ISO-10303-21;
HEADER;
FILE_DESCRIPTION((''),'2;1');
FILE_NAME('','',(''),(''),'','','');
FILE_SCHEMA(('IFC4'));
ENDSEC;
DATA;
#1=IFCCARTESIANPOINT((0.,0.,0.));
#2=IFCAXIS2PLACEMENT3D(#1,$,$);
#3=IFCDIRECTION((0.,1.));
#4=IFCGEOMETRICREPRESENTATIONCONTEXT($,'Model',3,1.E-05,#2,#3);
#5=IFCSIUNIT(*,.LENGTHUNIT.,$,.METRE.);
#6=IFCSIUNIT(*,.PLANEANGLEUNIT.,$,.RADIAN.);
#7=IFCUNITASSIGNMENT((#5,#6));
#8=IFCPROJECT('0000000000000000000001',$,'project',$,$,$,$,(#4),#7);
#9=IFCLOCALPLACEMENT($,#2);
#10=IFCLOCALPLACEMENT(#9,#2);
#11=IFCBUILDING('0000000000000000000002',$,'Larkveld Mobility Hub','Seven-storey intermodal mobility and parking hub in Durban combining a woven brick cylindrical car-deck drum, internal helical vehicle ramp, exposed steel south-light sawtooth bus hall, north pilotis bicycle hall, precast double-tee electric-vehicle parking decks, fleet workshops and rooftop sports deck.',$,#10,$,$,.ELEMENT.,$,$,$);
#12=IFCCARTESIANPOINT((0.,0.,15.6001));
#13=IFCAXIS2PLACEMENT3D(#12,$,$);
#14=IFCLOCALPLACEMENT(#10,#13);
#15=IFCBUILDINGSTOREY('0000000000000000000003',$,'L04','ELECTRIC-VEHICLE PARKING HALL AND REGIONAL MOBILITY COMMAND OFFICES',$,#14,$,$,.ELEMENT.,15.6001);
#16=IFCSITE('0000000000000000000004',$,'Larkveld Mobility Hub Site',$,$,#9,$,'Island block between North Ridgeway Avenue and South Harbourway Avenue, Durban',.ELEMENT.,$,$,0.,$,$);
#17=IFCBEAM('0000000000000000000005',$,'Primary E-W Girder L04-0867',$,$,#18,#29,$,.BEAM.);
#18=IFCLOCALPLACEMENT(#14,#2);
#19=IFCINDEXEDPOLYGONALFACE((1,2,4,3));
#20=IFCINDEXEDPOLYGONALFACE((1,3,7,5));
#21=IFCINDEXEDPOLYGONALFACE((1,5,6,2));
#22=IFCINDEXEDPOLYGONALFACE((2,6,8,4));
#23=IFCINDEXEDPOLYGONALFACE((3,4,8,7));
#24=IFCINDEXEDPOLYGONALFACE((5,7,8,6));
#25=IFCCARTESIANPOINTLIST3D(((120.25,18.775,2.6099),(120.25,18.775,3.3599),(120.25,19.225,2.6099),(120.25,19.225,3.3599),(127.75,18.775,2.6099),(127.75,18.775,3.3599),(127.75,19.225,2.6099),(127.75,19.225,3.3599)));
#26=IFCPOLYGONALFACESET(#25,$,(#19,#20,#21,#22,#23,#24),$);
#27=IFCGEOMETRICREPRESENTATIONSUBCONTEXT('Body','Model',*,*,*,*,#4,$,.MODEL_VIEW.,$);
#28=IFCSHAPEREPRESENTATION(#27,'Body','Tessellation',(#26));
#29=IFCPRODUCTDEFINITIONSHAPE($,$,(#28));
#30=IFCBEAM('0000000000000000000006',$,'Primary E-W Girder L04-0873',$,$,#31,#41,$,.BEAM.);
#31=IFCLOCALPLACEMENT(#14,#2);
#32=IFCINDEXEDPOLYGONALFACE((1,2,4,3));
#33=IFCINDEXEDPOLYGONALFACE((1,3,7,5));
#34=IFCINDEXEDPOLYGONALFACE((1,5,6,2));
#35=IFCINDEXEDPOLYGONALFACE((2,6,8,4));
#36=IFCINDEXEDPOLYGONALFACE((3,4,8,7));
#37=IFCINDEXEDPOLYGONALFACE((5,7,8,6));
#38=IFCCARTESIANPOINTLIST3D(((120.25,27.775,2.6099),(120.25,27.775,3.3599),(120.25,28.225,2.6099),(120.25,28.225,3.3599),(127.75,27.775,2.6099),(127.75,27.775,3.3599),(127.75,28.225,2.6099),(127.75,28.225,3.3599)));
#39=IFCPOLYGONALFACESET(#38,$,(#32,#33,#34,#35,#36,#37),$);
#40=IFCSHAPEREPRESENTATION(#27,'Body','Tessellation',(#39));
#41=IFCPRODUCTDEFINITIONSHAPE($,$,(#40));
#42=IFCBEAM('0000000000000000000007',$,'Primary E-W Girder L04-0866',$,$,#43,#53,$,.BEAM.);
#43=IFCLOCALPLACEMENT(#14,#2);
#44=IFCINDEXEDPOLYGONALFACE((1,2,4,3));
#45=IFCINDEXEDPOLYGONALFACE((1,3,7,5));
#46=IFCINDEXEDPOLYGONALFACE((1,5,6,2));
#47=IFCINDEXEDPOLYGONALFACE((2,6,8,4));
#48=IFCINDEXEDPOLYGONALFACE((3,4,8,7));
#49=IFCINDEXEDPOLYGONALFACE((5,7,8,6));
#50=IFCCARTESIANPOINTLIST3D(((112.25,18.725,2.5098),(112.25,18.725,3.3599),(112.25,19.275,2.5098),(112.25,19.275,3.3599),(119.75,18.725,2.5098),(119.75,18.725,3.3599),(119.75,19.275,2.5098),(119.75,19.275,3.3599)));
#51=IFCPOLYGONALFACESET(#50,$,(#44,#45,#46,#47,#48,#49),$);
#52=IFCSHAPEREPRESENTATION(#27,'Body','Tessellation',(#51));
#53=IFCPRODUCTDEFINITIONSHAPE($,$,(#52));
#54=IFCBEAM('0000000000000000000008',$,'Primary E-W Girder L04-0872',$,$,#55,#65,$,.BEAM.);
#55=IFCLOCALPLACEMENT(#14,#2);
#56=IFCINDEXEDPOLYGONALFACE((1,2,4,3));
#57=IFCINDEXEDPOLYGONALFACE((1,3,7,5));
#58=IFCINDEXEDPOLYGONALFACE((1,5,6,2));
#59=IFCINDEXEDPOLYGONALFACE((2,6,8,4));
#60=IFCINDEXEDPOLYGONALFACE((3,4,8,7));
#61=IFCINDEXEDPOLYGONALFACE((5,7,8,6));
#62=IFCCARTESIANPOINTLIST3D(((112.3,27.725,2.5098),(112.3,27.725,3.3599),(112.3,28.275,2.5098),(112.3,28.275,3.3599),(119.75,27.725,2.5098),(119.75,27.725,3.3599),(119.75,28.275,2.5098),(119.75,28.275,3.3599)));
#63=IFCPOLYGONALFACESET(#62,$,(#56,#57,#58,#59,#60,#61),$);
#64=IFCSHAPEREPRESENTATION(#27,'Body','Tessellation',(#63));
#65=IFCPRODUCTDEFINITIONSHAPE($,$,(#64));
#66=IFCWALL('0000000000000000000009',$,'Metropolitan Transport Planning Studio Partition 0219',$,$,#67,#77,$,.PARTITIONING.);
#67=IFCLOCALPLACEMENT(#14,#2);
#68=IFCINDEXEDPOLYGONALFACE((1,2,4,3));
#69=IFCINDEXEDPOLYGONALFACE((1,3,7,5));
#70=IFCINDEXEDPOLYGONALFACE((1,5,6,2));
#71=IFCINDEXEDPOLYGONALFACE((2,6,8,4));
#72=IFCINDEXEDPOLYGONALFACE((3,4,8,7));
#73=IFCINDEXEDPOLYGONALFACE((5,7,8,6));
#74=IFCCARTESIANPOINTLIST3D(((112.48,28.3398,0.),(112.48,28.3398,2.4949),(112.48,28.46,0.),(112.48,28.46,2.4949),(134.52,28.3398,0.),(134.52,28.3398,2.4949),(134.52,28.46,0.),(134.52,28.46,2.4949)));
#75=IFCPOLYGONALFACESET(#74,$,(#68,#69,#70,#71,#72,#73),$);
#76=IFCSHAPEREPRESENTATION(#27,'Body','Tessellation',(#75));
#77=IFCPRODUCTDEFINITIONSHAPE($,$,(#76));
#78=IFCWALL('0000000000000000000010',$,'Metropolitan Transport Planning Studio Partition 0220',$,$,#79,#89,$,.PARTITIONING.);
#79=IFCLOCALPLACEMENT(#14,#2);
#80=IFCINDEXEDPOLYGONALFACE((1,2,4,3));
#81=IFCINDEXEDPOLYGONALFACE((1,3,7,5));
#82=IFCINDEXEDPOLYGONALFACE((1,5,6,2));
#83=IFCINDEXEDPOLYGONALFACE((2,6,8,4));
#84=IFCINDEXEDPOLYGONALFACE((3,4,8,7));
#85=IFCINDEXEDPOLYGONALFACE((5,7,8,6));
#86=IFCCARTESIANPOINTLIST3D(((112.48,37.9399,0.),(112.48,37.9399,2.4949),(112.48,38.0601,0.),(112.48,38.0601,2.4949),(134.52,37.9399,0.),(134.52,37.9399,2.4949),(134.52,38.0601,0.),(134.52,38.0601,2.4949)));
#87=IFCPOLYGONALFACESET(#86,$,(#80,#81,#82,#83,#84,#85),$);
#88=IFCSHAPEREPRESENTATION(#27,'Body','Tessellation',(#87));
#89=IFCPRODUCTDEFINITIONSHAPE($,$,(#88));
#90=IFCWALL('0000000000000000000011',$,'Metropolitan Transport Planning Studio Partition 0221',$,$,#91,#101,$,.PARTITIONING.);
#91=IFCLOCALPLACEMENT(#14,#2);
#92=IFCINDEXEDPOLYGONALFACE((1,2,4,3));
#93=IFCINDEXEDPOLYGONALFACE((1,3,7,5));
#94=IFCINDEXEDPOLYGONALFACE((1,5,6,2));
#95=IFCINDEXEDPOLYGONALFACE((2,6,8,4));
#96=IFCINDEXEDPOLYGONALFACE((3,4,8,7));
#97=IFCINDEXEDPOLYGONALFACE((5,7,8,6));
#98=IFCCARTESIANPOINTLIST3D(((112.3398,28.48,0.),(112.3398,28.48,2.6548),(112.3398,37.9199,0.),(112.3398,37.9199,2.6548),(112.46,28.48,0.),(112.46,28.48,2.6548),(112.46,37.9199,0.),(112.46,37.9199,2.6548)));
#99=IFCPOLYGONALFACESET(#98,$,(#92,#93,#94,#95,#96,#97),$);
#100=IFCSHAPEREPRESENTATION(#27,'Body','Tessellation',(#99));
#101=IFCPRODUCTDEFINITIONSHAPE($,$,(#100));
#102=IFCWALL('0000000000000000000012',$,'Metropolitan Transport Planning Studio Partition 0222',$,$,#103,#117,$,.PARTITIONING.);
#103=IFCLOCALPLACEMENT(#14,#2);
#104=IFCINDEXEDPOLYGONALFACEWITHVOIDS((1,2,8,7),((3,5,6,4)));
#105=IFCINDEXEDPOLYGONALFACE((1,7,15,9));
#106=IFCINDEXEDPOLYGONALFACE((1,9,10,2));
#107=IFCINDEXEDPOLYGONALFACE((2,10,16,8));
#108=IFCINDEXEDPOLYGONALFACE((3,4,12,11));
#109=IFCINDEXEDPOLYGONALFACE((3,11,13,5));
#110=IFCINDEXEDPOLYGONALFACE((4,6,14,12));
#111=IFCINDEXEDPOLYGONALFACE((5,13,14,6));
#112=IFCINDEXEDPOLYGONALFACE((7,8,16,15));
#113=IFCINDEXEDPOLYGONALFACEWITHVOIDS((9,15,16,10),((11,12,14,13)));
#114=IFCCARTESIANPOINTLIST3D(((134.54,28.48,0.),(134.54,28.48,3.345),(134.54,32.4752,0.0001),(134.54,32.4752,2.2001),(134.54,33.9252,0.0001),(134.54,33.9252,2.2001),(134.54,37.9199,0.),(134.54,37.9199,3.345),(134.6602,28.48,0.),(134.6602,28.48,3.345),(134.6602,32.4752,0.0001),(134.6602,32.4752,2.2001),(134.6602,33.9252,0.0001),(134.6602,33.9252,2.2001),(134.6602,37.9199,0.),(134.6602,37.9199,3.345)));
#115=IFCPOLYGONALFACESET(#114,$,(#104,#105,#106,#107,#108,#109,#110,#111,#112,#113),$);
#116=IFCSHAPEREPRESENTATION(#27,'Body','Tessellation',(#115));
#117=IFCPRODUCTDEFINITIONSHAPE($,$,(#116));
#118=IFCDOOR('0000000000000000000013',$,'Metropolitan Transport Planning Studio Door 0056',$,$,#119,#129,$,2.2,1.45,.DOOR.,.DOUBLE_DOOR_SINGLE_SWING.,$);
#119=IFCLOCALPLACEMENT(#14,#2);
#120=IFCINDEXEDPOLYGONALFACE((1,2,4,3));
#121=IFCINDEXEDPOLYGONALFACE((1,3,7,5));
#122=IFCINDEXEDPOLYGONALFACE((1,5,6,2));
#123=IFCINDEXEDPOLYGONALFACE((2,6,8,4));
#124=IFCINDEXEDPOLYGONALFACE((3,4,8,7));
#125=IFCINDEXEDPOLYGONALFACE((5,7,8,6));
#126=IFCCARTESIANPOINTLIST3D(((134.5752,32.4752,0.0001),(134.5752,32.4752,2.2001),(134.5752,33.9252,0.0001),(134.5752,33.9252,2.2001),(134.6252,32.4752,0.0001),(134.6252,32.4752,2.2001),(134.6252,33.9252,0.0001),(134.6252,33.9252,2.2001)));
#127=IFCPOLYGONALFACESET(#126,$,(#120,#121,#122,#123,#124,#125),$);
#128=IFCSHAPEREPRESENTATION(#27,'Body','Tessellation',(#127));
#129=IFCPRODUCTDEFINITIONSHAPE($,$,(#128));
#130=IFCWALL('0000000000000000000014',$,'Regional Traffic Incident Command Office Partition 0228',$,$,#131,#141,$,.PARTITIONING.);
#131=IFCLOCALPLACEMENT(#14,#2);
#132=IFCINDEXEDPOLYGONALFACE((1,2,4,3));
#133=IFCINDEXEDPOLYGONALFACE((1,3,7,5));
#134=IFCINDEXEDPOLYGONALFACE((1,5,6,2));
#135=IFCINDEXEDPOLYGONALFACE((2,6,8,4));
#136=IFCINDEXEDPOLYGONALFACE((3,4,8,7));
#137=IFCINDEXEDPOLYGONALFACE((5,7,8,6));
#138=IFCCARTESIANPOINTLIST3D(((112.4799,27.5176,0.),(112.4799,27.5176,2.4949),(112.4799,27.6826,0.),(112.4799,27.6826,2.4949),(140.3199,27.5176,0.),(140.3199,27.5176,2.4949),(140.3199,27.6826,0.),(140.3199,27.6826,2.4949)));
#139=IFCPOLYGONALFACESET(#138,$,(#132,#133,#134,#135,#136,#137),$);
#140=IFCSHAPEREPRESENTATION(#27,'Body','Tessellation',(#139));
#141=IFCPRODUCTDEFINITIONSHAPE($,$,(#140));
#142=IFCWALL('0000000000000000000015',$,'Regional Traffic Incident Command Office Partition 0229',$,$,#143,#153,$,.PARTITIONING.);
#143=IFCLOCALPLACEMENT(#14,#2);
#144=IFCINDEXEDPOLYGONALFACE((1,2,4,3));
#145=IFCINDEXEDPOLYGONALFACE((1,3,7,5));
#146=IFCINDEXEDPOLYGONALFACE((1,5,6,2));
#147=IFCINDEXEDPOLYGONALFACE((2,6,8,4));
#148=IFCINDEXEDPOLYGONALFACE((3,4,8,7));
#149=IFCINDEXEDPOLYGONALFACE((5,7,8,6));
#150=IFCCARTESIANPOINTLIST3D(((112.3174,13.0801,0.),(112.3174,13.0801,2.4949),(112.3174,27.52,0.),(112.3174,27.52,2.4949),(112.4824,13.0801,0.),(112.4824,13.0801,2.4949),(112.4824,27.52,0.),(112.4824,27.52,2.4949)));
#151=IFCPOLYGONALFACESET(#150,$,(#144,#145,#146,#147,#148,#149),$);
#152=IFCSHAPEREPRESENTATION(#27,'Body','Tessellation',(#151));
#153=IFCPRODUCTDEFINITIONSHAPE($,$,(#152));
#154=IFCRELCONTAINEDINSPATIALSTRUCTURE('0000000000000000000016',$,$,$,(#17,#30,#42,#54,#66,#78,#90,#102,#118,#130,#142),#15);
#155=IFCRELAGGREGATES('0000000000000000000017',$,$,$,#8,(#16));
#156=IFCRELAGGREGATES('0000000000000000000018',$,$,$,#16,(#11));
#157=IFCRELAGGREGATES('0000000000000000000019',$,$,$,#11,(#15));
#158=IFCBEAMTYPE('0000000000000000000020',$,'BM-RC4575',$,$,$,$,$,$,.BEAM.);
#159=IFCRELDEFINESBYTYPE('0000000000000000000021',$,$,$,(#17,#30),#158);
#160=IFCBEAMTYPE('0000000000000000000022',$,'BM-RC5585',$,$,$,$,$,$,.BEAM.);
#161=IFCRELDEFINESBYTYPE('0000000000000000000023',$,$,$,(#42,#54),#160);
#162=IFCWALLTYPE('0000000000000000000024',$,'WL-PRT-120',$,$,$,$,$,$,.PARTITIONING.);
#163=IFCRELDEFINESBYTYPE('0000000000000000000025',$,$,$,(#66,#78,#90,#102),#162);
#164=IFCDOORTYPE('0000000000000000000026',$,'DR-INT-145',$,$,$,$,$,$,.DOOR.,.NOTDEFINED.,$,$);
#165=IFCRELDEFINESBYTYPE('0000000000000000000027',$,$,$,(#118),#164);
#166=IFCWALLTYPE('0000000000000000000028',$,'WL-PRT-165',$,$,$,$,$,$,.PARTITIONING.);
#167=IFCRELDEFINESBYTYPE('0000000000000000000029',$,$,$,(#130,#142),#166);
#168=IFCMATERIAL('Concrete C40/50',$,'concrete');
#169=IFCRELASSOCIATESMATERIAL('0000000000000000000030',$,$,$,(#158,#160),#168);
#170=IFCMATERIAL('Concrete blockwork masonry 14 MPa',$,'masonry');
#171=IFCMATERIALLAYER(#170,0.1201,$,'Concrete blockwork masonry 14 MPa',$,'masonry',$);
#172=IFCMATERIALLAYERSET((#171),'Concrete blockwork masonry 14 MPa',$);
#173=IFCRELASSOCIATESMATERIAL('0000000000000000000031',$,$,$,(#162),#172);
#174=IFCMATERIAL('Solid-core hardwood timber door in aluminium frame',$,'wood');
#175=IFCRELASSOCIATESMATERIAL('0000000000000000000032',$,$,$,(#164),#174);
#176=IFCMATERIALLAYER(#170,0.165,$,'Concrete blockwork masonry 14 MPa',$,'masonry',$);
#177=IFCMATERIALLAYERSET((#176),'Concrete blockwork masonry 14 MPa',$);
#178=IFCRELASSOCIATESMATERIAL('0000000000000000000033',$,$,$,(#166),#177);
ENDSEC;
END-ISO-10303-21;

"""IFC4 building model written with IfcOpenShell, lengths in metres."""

from ifc_helpers import new_model, si_unit, direction, frame, frame_2d, origin, origin_2d, place, context, subcontext, project, spatial, rectangle, extrude, material, layer, layer_set, material_profile, profile_set, type_object, element, fill, save


model = new_model("IFC4")

# Units and contexts
model_context = context("Model", 3, precision=1e-05, world=origin(), true_north=direction((0.0, 1.0)))
body_context = subcontext(model_context, "Body", "Model", "MODEL_VIEW")
ifc_project = project(units=[si_unit("LENGTHUNIT", "METRE"), si_unit("PLANEANGLEUNIT", "RADIAN")], contexts=[model_context])

# Site, building, storey
site_placement = place(None, origin())
site = spatial("IfcSite", under=ifc_project, at=site_placement, Name="Larkveld Mobility Hub Site", LongName="Island block between North Ridgeway Avenue and South Harbourway Avenue, Durban", CompositionType="ELEMENT", RefElevation=0.0)
building_placement = place(site_placement, origin())
building = spatial("IfcBuilding", under=site, at=building_placement, Name="Larkveld Mobility Hub", Description="Seven-storey intermodal mobility and parking hub in Durban combining a woven brick cylindrical car-deck drum, internal helical vehicle ramp, exposed steel south-light sawtooth bus hall, north pilotis bicycle hall, precast double-tee electric-vehicle parking decks, fleet workshops and rooftop sports deck.", CompositionType="ELEMENT")
storey_placement = place(building_placement, frame((0.0, 0.0, 15.6001)))
storey = spatial("IfcBuildingStorey", under=building, at=storey_placement, Name="L04", Description="ELECTRIC-VEHICLE PARKING HALL AND REGIONAL MOBILITY COMMAND OFFICES", CompositionType="ELEMENT", Elevation=15.6001)

# Shared definitions
ifc_material_1 = material(Name="Concrete C40/50", Category="concrete")

# Beams
ifc_material_profile_1 = material_profile(ifc_material_1, rectangle(XDim=0.45, YDim=0.75, at=origin_2d()), Name="RC BM 450x750")
ifc_profile_set_1 = profile_set([ifc_material_profile_1], Name="Concrete C40/50")
beam_type_1 = type_object("IfcBeamType", Name="BM-RC4575", PredefinedType="BEAM", material=ifc_profile_set_1)
for number, where, z_axis, x_axis, name in (
    (1, (120.25, 19.0, 2.9849), (1.0, 0.0, 0.0), (0.0, 1.0, 0.0), "Primary E-W Girder L04-0867"),
    (2, (120.25, 28.0, 2.9849), (1.0, 0.0, 0.0), (0.0, 1.0, 0.0), "Primary E-W Girder L04-0873"),
):
    element("IfcBeam", number, at=place(storey_placement, frame(where, z_axis=z_axis, x_axis=x_axis)), inside=storey, type_object=beam_type_1, Name=name, PredefinedType="BEAM", context=body_context, shape_type="SweptSolid", body=[
        extrude(rectangle(XDim=0.45, YDim=0.75, at=origin_2d()), origin(), (0.0, 0.0, 1.0), 7.5),
    ])
ifc_material_profile_2 = material_profile(ifc_material_1, rectangle(XDim=0.55, YDim=0.8501, at=origin_2d()), Name="RC BM 550x850")
ifc_profile_set_2 = profile_set([ifc_material_profile_2], Name="Concrete C40/50")
beam_type_2 = type_object("IfcBeamType", Name="BM-RC5585", PredefinedType="BEAM", material=ifc_profile_set_2)
beam_1_placement = place(storey_placement, frame((112.25, 19.0, 2.9348), z_axis=(1.0, 0.0, 0.0), x_axis=(0.0, 1.0, 0.0)))
element("IfcBeam", 3, at=beam_1_placement, inside=storey, type_object=beam_type_2, Name="Primary E-W Girder L04-0866", PredefinedType="BEAM", context=body_context, shape_type="SweptSolid", body=[
    extrude(rectangle(XDim=0.55, YDim=0.8501, at=origin_2d()), origin(), (0.0, 0.0, 1.0), 7.5),
])
beam_2_placement = place(storey_placement, frame((112.3, 28.0, 2.9348), z_axis=(1.0, 0.0, 0.0), x_axis=(0.0, 1.0, 0.0)))
element("IfcBeam", 4, at=beam_2_placement, inside=storey, type_object=beam_type_2, Name="Primary E-W Girder L04-0872", PredefinedType="BEAM", context=body_context, shape_type="SweptSolid", body=[
    extrude(rectangle(XDim=0.55, YDim=0.8501, at=origin_2d()), origin(), (0.0, 0.0, 1.0), 7.45),
])

# Walls
ifc_material_2 = material(Name="Concrete blockwork masonry 14 MPa", Category="masonry")
ifc_layer_1 = layer(ifc_material_2, 0.1201, Name="Concrete blockwork masonry 14 MPa", Category="masonry")
ifc_layer_set_1 = layer_set([ifc_layer_1], Name="Concrete blockwork masonry 14 MPa")
wall_type_1 = type_object("IfcWallType", Name="WL-PRT-120", PredefinedType="PARTITIONING", material=ifc_layer_set_1)
for number, where, z_axis, x_axis, name in (
    (5, (112.48, 28.3999, 0.0), (0.0, 0.0, 1.0), (1.0, 0.0, 0.0), "Metropolitan Transport Planning Studio Partition 0219"),
    (6, (112.48, 38.0, 0.0), (0.0, 0.0, 1.0), (1.0, 0.0, 0.0), "Metropolitan Transport Planning Studio Partition 0220"),
):
    element("IfcWall", number, at=place(storey_placement, frame(where, z_axis=z_axis, x_axis=x_axis)), inside=storey, type_object=wall_type_1, Name=name, PredefinedType="PARTITIONING", context=body_context, shape_type="SweptSolid", body=[
        extrude(rectangle(XDim=22.04, YDim=0.1201, at=frame_2d((11.02, 0.0))), origin(), (0.0, 0.0, 1.0), 2.4949),
    ])
wall_1_placement = place(storey_placement, frame((112.3999, 28.48, 0.0), z_axis=(0.0, 0.0, 1.0), x_axis=(0.0, 1.0, 0.0)))
element("IfcWall", 7, at=wall_1_placement, inside=storey, type_object=wall_type_1, Name="Metropolitan Transport Planning Studio Partition 0221", PredefinedType="PARTITIONING", context=body_context, shape_type="SweptSolid", body=[
    extrude(rectangle(XDim=9.4399, YDim=0.1201, at=frame_2d((4.72, 0.0))), origin(), (0.0, 0.0, 1.0), 2.6548),
])

# Wall, opening, door
wall_2_placement = place(storey_placement, frame((134.6001, 28.48, 0.0), z_axis=(0.0, 0.0, 1.0), x_axis=(0.0, 1.0, 0.0)))
wall_2 = element("IfcWall", 8, at=wall_2_placement, inside=storey, type_object=wall_type_1, Name="Metropolitan Transport Planning Studio Partition 0222", PredefinedType="PARTITIONING", context=body_context, shape_type="SweptSolid", body=[
    extrude(rectangle(XDim=9.4399, YDim=0.1201, at=frame_2d((4.72, 0.0))), origin(), (0.0, 0.0, 1.0), 3.345),
])
opening_placement = place(wall_2_placement, frame((3.9951, 0.0, 0.0)))
opening = element("IfcOpeningElement", 9, at=opening_placement, cuts=wall_2, PredefinedType="OPENING", context=body_context, shape_type="SweptSolid", body=[
    extrude(rectangle(XDim=1.45, YDim=2.2, at=frame_2d((0.7251, 1.1001))), frame((0.0, 0.0701, 0.0), z_axis=(0.0, -1.0, 0.0), x_axis=(1.0, 0.0, 0.0)), (0.0, 0.0, 1.0), 0.1401),
])
ifc_material_3 = material(Name="Solid-core hardwood timber door in aluminium frame", Category="wood")
door_type = type_object("IfcDoorType", Name="DR-INT-145", OperationType="NOTDEFINED", PredefinedType="DOOR", material=ifc_material_3)
door_placement = place(opening_placement, origin())
door = element("IfcDoor", 10, at=door_placement, inside=storey, type_object=door_type, Name="Metropolitan Transport Planning Studio Door 0056", OperationType="DOUBLE_DOOR_SINGLE_SWING", OverallHeight=2.2, OverallWidth=1.45, PredefinedType="DOOR", context=body_context, shape_type="SweptSolid", body=[
    extrude(rectangle(XDim=1.45, YDim=2.2, at=frame_2d((0.7251, 1.1001))), frame((0.0, 0.0249, 0.0), z_axis=(0.0, -1.0, 0.0), x_axis=(1.0, 0.0, 0.0)), (0.0, 0.0, 1.0), 0.05),
])
fill(opening, door)

# Walls
ifc_layer_2 = layer(ifc_material_2, 0.165, Name="Concrete blockwork masonry 14 MPa", Category="masonry")
ifc_layer_set_2 = layer_set([ifc_layer_2], Name="Concrete blockwork masonry 14 MPa")
wall_type_2 = type_object("IfcWallType", Name="WL-PRT-165", PredefinedType="PARTITIONING", material=ifc_layer_set_2)
wall_3_placement = place(storey_placement, frame((112.48, 27.6001, 0.0), z_axis=(0.0, 0.0, 1.0), x_axis=(1.0, 0.0, 0.0)))
element("IfcWall", 11, at=wall_3_placement, inside=storey, type_object=wall_type_2, Name="Regional Traffic Incident Command Office Partition 0228", PredefinedType="PARTITIONING", context=body_context, shape_type="SweptSolid", body=[
    extrude(rectangle(XDim=27.8401, YDim=0.165, at=frame_2d((13.9199, 0.0))), origin(), (0.0, 0.0, 1.0), 2.4949),
])
wall_4_placement = place(storey_placement, frame((112.3999, 13.0801, 0.0), z_axis=(0.0, 0.0, 1.0), x_axis=(0.0, 1.0, 0.0)))
element("IfcWall", 12, at=wall_4_placement, inside=storey, type_object=wall_type_2, Name="Regional Traffic Incident Command Office Partition 0229", PredefinedType="PARTITIONING", context=body_context, shape_type="SweptSolid", body=[
    extrude(rectangle(XDim=14.4399, YDim=0.165, at=frame_2d((7.22, 0.0))), origin(), (0.0, 0.0, 1.0), 2.4949),
])

save(model, "model.ifc")
